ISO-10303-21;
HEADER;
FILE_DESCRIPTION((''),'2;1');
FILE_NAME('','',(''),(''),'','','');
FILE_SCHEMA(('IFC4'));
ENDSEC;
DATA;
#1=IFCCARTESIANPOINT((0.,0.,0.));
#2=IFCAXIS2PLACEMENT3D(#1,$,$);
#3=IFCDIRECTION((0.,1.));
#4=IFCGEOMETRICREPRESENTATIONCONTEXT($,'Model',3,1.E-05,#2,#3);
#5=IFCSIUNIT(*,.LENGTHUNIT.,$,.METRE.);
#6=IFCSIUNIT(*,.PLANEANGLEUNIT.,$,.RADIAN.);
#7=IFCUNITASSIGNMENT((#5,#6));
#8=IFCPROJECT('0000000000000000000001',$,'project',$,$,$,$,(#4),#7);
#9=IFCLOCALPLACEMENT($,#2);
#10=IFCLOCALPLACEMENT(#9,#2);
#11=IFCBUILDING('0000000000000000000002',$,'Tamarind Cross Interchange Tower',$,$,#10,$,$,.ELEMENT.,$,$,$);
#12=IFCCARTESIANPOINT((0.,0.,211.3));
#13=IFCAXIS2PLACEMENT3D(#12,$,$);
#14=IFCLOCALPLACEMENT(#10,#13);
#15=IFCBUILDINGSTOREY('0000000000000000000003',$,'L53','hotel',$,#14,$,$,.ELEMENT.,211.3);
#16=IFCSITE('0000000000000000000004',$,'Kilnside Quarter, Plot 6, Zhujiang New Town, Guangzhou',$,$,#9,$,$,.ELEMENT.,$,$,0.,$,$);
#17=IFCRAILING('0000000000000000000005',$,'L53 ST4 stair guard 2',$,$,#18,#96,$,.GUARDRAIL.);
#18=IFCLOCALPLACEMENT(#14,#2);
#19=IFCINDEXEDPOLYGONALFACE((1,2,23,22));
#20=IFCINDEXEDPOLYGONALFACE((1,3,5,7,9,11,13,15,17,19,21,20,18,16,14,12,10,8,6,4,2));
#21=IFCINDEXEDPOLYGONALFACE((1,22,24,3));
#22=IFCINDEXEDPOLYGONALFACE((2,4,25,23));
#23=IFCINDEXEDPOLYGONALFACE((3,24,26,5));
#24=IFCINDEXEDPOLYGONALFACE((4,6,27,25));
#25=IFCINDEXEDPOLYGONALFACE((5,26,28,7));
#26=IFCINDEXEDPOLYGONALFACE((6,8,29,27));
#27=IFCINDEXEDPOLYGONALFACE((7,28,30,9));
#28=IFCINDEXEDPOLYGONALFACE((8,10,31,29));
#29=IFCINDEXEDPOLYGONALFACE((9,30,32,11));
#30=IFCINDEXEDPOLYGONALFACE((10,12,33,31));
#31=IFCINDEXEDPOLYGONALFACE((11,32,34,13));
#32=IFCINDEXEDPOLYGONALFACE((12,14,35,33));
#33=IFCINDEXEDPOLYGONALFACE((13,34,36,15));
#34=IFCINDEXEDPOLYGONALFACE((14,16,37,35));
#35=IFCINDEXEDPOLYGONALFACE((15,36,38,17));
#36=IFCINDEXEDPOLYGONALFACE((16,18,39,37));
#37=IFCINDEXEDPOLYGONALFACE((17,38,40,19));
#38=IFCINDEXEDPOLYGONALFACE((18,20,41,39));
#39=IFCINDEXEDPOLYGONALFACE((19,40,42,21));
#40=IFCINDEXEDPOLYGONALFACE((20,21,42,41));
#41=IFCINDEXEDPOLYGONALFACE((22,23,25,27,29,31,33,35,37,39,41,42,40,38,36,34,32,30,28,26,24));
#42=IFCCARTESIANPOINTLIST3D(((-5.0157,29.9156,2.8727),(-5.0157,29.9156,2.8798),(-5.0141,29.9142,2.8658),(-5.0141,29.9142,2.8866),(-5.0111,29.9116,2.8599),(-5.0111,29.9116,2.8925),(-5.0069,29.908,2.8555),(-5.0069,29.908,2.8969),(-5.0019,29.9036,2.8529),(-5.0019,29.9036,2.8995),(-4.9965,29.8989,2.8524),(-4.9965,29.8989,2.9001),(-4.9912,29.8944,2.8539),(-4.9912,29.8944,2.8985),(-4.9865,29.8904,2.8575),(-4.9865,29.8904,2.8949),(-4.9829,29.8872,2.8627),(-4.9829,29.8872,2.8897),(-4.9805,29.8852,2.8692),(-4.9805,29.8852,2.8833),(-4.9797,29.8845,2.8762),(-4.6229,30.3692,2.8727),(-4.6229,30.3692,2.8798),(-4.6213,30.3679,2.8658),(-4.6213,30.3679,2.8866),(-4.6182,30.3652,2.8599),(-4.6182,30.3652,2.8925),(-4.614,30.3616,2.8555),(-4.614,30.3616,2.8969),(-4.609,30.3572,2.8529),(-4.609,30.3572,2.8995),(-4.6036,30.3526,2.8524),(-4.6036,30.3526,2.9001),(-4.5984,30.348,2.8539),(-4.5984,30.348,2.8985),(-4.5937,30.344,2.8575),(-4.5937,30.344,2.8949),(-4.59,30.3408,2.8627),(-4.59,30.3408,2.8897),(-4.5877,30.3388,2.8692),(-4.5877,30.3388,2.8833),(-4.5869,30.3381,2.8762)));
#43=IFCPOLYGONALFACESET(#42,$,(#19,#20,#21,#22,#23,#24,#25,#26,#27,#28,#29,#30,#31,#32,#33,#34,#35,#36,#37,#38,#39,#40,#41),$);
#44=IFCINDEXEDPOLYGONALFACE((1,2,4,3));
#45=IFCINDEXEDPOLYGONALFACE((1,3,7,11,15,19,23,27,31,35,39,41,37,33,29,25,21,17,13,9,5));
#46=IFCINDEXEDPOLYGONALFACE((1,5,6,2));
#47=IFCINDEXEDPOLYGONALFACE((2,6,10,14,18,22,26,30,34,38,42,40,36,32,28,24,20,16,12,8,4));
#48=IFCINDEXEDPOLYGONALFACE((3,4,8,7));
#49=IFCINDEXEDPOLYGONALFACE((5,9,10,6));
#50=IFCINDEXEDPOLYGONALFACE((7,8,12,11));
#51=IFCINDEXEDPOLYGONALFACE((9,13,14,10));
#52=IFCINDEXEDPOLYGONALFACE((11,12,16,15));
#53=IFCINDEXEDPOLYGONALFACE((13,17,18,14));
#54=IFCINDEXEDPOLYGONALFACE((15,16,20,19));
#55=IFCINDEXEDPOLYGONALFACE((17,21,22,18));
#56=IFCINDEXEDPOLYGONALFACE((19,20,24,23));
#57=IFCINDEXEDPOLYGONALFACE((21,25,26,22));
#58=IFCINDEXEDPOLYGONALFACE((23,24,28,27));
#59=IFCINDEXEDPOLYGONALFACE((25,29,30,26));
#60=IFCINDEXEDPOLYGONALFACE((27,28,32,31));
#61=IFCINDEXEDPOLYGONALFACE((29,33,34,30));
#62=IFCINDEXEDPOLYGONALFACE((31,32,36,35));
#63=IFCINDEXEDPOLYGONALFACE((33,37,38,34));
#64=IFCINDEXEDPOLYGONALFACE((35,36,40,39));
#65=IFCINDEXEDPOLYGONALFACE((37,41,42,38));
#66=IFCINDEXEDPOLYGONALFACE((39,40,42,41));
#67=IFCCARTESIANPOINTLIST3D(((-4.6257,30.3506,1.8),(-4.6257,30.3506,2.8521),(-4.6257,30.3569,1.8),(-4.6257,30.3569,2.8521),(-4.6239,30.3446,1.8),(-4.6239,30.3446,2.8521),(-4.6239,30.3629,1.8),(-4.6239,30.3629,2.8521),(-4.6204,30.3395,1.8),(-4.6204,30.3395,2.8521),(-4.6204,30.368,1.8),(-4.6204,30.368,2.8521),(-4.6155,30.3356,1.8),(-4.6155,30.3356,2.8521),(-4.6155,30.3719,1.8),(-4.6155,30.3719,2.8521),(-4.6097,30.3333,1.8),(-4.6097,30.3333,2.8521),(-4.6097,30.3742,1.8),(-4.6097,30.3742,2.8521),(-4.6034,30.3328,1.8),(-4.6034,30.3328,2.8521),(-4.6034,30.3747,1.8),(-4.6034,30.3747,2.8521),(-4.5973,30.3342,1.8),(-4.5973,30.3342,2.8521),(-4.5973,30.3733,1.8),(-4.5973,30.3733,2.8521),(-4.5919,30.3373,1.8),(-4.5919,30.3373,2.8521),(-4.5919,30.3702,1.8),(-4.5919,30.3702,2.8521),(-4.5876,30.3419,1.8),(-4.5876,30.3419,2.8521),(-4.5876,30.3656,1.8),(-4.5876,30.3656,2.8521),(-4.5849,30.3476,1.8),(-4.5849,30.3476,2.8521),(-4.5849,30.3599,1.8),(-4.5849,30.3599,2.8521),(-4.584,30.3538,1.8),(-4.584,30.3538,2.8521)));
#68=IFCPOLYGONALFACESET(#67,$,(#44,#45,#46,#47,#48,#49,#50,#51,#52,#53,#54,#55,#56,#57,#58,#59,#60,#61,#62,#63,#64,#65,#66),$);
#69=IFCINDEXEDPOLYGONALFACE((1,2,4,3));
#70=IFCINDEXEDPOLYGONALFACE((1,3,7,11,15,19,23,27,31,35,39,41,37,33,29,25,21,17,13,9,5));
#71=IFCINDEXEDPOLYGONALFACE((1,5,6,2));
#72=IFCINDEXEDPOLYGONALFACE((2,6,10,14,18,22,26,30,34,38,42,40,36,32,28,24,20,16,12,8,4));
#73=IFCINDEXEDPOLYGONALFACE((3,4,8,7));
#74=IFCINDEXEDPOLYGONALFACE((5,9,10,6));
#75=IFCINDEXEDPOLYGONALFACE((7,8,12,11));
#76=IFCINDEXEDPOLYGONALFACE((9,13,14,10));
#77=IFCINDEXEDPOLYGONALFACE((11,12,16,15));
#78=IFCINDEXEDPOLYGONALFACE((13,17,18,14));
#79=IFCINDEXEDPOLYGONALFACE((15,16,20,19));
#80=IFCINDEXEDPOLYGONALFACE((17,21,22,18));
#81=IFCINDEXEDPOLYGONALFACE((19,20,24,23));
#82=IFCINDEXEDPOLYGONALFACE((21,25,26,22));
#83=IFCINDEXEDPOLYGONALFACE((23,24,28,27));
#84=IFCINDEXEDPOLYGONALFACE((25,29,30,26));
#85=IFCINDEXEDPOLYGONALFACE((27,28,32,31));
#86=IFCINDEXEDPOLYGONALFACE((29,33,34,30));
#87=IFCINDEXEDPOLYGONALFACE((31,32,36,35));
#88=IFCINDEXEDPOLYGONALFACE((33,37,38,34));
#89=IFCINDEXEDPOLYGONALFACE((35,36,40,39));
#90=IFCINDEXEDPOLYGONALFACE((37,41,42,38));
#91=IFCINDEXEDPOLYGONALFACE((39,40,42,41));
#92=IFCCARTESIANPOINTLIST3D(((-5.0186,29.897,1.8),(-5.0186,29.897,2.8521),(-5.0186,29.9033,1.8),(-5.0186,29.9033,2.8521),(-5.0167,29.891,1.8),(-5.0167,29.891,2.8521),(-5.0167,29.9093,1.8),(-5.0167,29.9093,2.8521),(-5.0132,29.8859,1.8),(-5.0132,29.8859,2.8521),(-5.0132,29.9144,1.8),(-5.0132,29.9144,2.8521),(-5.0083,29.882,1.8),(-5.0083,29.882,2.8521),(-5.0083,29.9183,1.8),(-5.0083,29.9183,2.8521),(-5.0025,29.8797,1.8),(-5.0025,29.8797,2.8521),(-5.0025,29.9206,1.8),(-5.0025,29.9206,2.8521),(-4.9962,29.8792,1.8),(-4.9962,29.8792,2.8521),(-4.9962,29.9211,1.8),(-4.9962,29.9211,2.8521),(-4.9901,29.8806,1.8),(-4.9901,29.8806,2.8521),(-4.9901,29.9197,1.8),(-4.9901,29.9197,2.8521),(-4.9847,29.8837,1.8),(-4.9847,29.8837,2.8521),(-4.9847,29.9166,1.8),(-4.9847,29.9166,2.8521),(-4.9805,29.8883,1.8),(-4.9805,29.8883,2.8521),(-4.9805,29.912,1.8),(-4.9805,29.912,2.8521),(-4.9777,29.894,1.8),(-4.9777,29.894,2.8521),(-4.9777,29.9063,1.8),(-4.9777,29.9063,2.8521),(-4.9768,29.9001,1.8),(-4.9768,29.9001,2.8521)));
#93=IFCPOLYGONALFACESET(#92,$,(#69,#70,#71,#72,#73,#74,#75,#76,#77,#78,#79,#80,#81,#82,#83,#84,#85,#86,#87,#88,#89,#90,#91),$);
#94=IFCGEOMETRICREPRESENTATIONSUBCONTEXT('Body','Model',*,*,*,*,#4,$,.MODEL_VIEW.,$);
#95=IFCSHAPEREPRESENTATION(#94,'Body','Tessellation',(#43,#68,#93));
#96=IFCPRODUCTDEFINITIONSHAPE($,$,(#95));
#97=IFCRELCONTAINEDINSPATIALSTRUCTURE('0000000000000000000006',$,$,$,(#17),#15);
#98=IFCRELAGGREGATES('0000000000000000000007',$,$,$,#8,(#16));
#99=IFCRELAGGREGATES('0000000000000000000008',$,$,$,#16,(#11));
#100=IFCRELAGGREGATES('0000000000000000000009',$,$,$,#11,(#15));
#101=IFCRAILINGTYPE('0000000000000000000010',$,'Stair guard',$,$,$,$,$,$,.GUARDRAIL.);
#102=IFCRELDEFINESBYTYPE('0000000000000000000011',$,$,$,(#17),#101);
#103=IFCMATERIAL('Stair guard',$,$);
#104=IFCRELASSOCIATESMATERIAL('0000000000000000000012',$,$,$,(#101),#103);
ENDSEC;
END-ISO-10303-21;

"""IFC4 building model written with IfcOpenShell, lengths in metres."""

from ifc_helpers import new_model, si_unit, direction, frame, origin, origin_2d, place, context, subcontext, project, spatial, circle, extrude, material, type_object, element, save


model = new_model("IFC4")

# Units and contexts
model_context = context("Model", 3, precision=1e-05, world=origin(), true_north=direction((0.0, 1.0)))
body_context = subcontext(model_context, "Body", "Model", "MODEL_VIEW")
ifc_project = project(units=[si_unit("LENGTHUNIT", "METRE"), si_unit("PLANEANGLEUNIT", "RADIAN")], contexts=[model_context])

# Site, building, storey
site_placement = place(None, origin())
site = spatial("IfcSite", under=ifc_project, at=site_placement, Name="Kilnside Quarter, Plot 6, Zhujiang New Town, Guangzhou", CompositionType="ELEMENT", RefElevation=0.0)
building_placement = place(site_placement, origin())
building = spatial("IfcBuilding", under=site, at=building_placement, Name="Tamarind Cross Interchange Tower", CompositionType="ELEMENT")
storey_placement = place(building_placement, frame((0.0, 0.0, 211.3)))
storey = spatial("IfcBuildingStorey", under=building, at=storey_placement, Name="L53", Description="hotel", CompositionType="ELEMENT", Elevation=211.3)

# Railing
ifc_material_1 = material(Name="Stair guard")
railing_type_1 = type_object("IfcRailingType", Name="Stair guard", PredefinedType="GUARDRAIL", material=ifc_material_1)
railing_1_placement = place(storey_placement, frame((-4.605, 30.3538, 1.8)))
element("IfcRailing", 1, at=railing_1_placement, inside=storey, type_object=railing_type_1, Name="L53 ST4 stair guard 2", PredefinedType="GUARDRAIL", context=body_context, shape_type="SweptSolid", body=[
    extrude(circle(Radius=0.0239, at=origin_2d()), frame((0.0, 0.0, 1.0762), z_axis=(-0.654636, -0.755944, 0.0), x_axis=(0.755944, -0.654636, 0.0)), (0.0, 0.0, 1.0), 0.6001),
    extrude(circle(Radius=0.021, at=origin_2d()), origin(), (0.0, 0.0, 1.0), 1.052),
    extrude(circle(Radius=0.021, at=origin_2d()), frame((-0.3928, -0.4536, 0.0)), (0.0, 0.0, 1.0), 1.052),
])

save(model, "model.ifc")
